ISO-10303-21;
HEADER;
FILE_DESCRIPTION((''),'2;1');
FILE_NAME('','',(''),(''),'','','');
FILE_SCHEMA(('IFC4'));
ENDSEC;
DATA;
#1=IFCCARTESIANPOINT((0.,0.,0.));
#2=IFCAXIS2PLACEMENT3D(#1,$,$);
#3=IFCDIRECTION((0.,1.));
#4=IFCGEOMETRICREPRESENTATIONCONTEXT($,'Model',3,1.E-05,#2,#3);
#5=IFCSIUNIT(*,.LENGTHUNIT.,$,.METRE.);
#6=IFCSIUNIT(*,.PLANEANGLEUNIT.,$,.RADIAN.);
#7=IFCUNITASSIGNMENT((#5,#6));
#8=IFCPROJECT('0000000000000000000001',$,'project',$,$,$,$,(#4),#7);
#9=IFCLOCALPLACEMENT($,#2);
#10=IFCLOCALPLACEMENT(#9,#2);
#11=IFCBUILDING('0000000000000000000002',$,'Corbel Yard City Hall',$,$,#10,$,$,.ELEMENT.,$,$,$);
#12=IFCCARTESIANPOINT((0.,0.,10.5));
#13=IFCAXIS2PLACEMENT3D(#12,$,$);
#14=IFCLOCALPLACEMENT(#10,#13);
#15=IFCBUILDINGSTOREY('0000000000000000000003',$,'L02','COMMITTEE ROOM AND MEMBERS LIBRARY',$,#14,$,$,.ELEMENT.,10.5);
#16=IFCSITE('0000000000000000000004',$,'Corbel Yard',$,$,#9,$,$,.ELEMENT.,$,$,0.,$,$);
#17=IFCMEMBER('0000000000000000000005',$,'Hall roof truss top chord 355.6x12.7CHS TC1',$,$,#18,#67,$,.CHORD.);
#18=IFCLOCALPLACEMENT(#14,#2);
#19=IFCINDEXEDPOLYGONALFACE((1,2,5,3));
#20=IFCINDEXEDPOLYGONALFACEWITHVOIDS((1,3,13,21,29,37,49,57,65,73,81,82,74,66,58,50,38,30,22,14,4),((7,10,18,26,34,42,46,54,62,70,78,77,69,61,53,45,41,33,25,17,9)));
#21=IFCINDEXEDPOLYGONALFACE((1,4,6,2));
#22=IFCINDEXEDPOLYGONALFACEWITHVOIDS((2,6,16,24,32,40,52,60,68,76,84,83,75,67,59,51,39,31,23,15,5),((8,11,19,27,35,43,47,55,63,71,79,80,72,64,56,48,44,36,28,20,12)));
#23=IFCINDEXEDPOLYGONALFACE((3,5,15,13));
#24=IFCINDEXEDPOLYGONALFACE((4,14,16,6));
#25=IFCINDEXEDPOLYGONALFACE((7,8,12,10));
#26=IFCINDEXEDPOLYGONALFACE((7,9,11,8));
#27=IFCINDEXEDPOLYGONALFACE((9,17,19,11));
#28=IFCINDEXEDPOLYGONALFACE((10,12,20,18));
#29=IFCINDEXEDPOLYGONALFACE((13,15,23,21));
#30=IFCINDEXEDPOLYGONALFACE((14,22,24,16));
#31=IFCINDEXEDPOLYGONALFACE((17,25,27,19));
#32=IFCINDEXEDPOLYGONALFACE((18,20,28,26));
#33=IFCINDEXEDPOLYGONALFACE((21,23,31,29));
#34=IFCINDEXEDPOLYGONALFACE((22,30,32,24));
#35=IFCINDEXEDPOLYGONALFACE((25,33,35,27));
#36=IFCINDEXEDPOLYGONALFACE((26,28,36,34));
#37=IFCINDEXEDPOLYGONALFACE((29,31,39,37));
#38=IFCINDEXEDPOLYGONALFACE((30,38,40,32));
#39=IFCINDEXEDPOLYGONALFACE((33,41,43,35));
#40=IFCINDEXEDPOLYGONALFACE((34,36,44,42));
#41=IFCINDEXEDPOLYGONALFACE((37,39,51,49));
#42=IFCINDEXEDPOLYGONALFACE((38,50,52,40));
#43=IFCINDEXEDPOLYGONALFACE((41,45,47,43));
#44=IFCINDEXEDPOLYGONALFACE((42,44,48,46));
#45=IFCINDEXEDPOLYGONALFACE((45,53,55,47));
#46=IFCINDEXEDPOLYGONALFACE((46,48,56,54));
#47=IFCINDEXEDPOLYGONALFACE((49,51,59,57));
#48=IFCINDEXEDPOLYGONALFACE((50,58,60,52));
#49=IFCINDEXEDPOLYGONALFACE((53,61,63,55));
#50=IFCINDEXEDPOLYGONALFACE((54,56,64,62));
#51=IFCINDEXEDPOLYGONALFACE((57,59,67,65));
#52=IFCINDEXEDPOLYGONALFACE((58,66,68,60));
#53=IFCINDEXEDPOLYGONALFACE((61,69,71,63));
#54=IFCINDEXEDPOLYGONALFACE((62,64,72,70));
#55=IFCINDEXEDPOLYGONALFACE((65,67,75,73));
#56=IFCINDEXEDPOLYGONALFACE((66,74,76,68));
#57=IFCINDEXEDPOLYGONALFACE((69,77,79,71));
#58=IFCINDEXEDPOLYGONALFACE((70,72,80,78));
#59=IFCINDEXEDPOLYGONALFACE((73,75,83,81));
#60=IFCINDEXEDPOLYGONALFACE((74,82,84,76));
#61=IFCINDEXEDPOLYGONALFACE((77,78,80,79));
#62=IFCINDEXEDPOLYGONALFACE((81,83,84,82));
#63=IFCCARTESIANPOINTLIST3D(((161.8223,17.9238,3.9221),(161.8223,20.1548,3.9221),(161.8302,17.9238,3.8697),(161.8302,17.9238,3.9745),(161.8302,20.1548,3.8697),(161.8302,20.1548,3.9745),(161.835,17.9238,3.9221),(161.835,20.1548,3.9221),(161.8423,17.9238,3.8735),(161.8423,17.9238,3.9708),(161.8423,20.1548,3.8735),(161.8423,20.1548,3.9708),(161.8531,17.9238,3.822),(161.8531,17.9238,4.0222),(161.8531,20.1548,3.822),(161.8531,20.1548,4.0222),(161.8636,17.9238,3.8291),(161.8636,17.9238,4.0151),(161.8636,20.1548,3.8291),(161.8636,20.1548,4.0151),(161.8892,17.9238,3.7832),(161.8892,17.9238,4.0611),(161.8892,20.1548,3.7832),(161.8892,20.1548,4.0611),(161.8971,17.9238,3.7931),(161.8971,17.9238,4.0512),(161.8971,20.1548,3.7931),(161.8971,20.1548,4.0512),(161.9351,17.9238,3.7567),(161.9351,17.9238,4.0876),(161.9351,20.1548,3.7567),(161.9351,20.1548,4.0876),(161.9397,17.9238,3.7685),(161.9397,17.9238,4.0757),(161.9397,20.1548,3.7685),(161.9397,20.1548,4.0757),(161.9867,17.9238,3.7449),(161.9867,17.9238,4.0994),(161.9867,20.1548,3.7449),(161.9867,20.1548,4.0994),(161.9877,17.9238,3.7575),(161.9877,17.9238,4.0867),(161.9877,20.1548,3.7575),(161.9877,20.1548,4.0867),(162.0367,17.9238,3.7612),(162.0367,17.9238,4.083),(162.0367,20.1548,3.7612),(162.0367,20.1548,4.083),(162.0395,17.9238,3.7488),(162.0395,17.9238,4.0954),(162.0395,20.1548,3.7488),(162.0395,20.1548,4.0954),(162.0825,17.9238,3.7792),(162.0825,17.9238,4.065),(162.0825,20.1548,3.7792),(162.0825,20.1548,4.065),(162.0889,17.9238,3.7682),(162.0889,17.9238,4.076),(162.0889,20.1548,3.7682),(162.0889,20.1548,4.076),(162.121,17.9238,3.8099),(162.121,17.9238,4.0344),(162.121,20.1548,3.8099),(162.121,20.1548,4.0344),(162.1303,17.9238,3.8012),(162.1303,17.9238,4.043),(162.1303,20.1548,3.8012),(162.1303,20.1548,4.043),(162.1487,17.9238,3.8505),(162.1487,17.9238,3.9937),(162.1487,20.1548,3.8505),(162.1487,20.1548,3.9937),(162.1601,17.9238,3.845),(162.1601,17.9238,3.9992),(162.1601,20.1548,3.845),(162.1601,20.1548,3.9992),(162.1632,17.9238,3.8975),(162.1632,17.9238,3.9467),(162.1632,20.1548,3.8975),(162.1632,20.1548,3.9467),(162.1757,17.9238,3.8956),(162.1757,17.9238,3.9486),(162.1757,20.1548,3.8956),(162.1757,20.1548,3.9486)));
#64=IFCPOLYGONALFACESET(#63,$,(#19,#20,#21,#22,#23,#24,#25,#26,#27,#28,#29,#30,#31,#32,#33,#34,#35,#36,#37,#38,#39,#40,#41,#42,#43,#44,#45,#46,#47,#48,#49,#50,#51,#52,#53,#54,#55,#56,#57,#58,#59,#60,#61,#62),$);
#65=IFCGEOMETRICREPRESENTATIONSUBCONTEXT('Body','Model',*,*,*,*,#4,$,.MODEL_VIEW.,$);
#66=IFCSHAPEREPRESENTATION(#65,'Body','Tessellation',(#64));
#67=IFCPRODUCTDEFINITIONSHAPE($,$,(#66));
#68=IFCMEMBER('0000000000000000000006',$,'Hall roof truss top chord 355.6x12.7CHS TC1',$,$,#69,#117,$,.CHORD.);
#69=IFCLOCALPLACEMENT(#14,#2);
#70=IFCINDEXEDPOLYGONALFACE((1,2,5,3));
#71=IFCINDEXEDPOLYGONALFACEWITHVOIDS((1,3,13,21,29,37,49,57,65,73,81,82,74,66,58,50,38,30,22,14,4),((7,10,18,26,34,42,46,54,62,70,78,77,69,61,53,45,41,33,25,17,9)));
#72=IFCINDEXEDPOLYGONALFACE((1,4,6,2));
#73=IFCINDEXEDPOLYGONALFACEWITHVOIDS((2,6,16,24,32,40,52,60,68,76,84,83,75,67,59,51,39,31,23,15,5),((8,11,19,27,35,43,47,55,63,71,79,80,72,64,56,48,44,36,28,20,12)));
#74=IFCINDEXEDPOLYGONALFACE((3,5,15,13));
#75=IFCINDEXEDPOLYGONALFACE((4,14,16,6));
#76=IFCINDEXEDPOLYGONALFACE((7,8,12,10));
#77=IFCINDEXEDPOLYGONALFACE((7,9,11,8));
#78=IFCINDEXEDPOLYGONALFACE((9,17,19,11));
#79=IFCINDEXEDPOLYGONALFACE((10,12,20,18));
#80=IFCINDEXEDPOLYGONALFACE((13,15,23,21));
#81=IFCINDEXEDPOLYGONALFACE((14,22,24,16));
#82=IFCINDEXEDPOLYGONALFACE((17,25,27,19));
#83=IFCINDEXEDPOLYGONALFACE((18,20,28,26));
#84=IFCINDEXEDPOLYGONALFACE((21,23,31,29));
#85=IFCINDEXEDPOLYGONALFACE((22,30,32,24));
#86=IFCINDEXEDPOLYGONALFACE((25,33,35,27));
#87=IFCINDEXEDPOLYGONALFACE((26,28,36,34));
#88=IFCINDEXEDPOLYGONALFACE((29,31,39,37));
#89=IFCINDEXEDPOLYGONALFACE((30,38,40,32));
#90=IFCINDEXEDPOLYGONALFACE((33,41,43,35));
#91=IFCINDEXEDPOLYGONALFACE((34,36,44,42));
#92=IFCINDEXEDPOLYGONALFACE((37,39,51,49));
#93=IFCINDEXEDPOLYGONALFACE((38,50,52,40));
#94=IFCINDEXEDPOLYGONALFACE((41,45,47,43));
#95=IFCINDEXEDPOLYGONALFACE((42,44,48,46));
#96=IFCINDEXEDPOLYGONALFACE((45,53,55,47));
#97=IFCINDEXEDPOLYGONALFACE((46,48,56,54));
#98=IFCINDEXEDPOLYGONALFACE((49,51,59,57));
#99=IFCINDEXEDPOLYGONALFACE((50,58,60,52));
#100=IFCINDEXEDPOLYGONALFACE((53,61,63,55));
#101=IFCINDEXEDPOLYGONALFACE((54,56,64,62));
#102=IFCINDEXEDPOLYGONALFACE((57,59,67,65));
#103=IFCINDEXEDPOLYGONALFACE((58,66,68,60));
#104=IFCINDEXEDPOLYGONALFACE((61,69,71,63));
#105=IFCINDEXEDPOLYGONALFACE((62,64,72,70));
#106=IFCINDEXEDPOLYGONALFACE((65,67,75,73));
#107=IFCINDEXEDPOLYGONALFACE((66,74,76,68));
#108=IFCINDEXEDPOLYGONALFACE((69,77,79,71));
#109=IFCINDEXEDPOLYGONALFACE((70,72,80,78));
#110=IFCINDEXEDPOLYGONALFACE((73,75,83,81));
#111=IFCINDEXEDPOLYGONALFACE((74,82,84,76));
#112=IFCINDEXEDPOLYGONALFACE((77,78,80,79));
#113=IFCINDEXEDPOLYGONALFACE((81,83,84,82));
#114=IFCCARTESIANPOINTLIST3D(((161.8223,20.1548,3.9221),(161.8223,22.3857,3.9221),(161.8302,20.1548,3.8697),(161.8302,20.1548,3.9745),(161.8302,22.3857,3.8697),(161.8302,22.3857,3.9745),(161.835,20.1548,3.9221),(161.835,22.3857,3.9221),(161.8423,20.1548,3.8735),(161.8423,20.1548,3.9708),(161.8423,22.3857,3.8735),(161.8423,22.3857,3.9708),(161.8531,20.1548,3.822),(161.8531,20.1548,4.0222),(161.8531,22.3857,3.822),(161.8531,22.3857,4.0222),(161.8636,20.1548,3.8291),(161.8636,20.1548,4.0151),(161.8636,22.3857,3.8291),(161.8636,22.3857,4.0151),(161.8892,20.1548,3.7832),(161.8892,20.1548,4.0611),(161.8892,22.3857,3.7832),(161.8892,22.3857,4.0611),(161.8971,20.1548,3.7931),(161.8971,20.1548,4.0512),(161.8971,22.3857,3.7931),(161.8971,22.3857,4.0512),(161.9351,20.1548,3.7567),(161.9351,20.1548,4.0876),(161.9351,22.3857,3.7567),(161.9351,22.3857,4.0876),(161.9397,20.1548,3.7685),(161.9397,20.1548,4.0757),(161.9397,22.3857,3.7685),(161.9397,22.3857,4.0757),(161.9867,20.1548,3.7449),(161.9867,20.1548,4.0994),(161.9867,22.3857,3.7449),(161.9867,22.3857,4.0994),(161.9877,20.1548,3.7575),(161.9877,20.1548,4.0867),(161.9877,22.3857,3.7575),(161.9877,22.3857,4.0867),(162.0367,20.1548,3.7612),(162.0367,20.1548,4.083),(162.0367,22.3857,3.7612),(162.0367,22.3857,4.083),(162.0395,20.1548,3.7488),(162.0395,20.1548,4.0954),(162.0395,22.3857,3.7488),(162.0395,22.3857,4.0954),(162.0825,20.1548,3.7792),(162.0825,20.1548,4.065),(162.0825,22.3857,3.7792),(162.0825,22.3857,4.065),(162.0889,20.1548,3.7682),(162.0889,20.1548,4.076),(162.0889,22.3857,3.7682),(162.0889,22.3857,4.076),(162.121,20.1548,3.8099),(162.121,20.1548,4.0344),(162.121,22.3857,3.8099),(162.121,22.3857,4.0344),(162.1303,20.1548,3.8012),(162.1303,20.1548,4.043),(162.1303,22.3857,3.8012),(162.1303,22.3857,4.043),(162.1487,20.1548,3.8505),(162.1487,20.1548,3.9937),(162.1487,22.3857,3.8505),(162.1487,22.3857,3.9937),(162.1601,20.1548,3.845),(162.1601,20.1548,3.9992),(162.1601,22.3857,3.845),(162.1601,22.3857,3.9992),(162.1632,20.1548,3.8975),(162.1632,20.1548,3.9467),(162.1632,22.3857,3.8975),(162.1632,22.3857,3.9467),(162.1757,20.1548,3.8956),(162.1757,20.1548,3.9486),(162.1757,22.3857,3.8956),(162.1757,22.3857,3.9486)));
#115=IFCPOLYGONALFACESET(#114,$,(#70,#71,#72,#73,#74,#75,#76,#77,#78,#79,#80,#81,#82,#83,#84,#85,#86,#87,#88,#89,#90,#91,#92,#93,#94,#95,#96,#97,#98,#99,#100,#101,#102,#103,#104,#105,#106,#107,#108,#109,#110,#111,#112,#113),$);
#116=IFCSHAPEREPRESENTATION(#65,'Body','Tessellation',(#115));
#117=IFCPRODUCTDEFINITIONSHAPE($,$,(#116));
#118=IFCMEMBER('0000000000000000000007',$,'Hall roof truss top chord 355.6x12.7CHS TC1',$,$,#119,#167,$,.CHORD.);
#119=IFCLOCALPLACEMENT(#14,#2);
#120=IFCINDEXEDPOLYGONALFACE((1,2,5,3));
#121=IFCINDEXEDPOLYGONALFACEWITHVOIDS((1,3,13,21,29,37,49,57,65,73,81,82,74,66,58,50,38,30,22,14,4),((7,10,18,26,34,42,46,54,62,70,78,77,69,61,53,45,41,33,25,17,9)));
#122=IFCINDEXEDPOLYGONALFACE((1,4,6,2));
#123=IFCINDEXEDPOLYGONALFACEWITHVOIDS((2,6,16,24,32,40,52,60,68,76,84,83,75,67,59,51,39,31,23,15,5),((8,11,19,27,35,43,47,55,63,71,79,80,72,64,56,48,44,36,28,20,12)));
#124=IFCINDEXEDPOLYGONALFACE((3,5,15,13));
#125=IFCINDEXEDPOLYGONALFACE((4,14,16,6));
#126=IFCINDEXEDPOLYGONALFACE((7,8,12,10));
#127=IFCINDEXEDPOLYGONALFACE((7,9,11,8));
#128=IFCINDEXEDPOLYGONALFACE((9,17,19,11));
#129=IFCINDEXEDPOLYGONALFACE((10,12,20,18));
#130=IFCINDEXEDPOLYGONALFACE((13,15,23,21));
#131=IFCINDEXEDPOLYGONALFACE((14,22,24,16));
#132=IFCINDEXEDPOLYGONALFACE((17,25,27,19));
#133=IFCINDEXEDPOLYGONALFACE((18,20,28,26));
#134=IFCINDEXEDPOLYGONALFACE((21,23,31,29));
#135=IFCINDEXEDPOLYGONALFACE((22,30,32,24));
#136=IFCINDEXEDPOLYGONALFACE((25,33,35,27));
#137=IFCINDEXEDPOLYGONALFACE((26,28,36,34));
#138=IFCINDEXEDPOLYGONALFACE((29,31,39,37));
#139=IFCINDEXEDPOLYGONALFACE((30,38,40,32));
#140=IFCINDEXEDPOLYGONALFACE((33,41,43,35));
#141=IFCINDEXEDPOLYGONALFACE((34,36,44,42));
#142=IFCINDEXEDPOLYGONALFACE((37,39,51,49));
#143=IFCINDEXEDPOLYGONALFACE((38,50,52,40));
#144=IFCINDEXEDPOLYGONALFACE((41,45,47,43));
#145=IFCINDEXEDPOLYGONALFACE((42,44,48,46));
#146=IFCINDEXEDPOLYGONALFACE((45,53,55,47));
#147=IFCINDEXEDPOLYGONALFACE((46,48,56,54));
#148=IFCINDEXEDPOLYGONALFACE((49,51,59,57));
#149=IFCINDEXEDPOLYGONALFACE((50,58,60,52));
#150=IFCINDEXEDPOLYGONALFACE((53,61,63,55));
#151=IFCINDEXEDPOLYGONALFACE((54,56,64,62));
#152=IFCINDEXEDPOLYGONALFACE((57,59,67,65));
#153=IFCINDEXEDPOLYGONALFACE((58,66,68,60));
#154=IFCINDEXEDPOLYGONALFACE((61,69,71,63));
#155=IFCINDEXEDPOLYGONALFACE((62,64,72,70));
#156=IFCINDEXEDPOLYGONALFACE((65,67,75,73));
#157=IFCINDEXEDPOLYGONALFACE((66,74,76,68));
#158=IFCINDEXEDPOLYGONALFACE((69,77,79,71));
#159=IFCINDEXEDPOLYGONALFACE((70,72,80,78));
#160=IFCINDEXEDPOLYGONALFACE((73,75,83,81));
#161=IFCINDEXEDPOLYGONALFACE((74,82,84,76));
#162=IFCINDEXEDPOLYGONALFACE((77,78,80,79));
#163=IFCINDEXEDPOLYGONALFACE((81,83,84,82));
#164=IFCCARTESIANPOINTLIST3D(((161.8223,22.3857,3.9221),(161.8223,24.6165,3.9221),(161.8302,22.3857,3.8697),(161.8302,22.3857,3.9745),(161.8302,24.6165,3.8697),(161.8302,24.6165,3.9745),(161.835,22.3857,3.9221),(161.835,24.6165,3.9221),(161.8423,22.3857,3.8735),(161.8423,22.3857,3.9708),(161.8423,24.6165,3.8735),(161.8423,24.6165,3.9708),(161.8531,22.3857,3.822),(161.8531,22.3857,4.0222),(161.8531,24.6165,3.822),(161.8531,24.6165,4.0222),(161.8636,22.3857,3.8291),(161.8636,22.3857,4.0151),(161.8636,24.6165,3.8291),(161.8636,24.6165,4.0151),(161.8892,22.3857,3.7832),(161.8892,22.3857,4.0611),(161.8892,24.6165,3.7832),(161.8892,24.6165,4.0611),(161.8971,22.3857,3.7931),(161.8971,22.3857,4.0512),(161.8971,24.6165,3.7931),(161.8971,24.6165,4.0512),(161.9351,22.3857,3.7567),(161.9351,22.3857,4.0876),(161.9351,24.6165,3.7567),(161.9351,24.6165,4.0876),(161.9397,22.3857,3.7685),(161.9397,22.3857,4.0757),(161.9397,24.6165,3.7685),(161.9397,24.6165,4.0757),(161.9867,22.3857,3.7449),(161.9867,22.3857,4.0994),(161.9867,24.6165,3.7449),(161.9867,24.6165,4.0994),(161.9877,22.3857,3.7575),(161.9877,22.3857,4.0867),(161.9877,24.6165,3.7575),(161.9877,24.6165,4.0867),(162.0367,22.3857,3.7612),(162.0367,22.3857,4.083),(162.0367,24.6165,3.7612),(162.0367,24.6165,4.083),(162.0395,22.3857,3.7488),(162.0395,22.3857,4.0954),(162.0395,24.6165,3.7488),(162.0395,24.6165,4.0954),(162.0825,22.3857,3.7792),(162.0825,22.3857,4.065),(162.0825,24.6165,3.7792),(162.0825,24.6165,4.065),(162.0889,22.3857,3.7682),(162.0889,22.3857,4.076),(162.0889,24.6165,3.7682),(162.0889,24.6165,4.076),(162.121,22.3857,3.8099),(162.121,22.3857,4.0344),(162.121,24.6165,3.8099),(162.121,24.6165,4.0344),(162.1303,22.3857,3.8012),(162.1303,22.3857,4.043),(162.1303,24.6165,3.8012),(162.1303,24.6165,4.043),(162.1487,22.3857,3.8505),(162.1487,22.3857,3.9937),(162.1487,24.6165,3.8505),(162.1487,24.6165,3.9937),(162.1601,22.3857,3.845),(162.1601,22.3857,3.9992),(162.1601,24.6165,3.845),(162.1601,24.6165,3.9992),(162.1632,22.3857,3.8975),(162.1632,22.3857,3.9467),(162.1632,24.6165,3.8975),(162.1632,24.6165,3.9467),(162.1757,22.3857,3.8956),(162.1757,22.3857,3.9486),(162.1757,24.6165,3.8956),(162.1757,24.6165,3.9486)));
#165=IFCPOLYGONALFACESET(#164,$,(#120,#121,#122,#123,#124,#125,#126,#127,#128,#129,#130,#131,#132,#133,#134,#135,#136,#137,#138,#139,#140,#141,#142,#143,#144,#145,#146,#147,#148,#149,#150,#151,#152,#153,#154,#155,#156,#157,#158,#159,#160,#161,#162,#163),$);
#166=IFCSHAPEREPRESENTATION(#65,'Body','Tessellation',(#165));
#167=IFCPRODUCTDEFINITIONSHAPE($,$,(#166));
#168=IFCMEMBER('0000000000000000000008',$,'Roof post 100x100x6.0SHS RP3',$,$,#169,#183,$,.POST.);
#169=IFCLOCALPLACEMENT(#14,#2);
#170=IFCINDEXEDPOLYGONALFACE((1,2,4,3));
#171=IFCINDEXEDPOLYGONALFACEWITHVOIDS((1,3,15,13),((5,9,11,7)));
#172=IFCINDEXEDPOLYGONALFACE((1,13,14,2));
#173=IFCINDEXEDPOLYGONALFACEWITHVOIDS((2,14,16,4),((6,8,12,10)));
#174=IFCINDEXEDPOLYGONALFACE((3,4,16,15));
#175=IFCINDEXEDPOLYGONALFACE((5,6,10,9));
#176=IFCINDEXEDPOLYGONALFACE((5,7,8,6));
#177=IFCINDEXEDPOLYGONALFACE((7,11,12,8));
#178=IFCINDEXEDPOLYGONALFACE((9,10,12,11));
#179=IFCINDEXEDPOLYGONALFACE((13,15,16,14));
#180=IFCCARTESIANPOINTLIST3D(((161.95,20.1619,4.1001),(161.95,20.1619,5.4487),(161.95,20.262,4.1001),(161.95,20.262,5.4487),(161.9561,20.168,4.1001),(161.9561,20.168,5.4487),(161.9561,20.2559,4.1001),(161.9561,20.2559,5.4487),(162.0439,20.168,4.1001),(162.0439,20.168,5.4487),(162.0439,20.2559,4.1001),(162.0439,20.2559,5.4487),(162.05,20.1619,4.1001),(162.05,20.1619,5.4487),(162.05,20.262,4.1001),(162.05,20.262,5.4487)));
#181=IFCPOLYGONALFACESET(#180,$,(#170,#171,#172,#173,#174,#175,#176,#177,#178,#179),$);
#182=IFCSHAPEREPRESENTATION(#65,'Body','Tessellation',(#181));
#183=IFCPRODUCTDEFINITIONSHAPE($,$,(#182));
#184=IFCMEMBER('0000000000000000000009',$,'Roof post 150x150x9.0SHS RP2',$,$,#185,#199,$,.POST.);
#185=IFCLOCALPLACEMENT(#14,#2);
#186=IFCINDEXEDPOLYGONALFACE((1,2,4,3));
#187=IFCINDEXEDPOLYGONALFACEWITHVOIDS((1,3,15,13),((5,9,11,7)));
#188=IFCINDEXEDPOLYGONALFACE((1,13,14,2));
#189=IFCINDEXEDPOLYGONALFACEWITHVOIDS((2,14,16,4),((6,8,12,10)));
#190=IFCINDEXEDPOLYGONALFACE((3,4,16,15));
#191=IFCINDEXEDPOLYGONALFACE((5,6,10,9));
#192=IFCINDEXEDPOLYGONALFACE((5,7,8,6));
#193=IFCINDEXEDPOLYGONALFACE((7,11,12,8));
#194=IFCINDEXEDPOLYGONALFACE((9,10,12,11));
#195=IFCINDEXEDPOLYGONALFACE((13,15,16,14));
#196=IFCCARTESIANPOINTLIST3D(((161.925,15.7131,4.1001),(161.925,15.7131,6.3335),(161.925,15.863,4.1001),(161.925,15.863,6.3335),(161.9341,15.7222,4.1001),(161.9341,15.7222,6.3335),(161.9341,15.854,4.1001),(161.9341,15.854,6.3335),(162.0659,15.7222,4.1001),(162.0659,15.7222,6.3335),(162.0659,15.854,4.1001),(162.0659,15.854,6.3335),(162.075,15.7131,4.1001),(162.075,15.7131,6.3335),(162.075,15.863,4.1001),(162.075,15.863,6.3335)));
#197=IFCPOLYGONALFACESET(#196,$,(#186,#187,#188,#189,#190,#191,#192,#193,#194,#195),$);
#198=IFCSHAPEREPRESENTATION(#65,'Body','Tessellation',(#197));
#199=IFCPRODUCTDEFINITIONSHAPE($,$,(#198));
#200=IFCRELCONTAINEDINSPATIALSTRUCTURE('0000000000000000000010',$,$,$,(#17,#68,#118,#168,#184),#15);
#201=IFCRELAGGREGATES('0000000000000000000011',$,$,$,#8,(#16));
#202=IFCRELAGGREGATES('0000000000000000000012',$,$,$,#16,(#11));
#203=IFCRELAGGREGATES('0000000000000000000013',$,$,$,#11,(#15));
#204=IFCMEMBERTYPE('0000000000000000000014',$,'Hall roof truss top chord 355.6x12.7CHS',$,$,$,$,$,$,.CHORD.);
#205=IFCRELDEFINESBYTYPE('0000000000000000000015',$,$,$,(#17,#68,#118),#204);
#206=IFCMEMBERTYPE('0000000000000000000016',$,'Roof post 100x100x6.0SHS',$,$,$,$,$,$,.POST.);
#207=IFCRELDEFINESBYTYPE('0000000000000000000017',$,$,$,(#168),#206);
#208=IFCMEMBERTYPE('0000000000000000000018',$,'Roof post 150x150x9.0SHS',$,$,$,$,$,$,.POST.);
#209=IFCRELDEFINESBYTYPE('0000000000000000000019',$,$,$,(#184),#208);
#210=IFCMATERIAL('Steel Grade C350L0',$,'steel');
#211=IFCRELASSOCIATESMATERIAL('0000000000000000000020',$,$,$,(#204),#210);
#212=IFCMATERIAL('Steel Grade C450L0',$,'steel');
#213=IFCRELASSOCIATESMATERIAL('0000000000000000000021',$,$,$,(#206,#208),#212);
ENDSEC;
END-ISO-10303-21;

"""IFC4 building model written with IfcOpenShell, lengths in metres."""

from ifc_helpers import new_model, si_unit, direction, frame, origin, origin_2d, place, context, subcontext, project, spatial, hollow_rectangle, hollow_circle, extrude, material, material_profile, profile_set, type_object, element, save


model = new_model("IFC4")

# Units and contexts
model_context = context("Model", 3, precision=1e-05, world=origin(), true_north=direction((0.0, 1.0)))
body_context = subcontext(model_context, "Body", "Model", "MODEL_VIEW")
ifc_project = project(units=[si_unit("LENGTHUNIT", "METRE"), si_unit("PLANEANGLEUNIT", "RADIAN")], contexts=[model_context])

# Site, building, storey
site_placement = place(None, origin())
site = spatial("IfcSite", under=ifc_project, at=site_placement, Name="Corbel Yard", CompositionType="ELEMENT", RefElevation=0.0)
building_placement = place(site_placement, origin())
building = spatial("IfcBuilding", under=site, at=building_placement, Name="Corbel Yard City Hall", CompositionType="ELEMENT")
storey_placement = place(building_placement, frame((0.0, 0.0, 10.5)))
storey = spatial("IfcBuildingStorey", under=building, at=storey_placement, Name="L02", Description="COMMITTEE ROOM AND MEMBERS LIBRARY", CompositionType="ELEMENT", Elevation=10.5)

# Members
ifc_material_1 = material(Name="Steel Grade C350L0", Category="steel")
ifc_material_profile_1 = material_profile(ifc_material_1, hollow_circle(Radius=0.1777, WallThickness=0.0127, at=origin_2d()), Name="355.6x12.7CHS")
ifc_profile_set_1 = profile_set([ifc_material_profile_1], Name="Steel Grade C350L0")
member_type_1 = type_object("IfcMemberType", Name="Hall roof truss top chord 355.6x12.7CHS", PredefinedType="CHORD", material=ifc_profile_set_1)
for number, where, z_axis, x_axis, name in (
    (1, (162.0, 17.9238, 3.9221), (0.0, 1.0, 0.0), (-1.0, 0.0, 0.0), "Hall roof truss top chord 355.6x12.7CHS TC1"),
    (2, (162.0, 20.1548, 3.9221), (0.0, 1.0, 0.0), (-1.0, 0.0, 0.0), "Hall roof truss top chord 355.6x12.7CHS TC1"),
):
    element("IfcMember", number, at=place(storey_placement, frame(where, z_axis=z_axis, x_axis=x_axis)), inside=storey, type_object=member_type_1, Name=name, PredefinedType="CHORD", context=body_context, shape_type="SweptSolid", body=[
        extrude(hollow_circle(Radius=0.1777, WallThickness=0.0127, at=origin_2d()), origin(), (0.0, 0.0, 1.0), 2.231),
    ])
member_1_placement = place(storey_placement, frame((162.0, 22.3857, 3.9221), z_axis=(0.0, 1.0, 0.0), x_axis=(-1.0, 0.0, 0.0)))
element("IfcMember", 3, at=member_1_placement, inside=storey, type_object=member_type_1, Name="Hall roof truss top chord 355.6x12.7CHS TC1", PredefinedType="CHORD", context=body_context, shape_type="SweptSolid", body=[
    extrude(hollow_circle(Radius=0.1777, WallThickness=0.0127, at=origin_2d()), origin(), (0.0, 0.0, 1.0), 2.2307),
])
ifc_material_2 = material(Name="Steel Grade C450L0", Category="steel")
ifc_material_profile_2 = material_profile(ifc_material_2, hollow_rectangle(XDim=0.1001, YDim=0.1001, WallThickness=0.0061, at=origin_2d()), Name="100x100x6.0SHS")
ifc_profile_set_2 = profile_set([ifc_material_profile_2], Name="Steel Grade C450L0")
member_type_2 = type_object("IfcMemberType", Name="Roof post 100x100x6.0SHS", PredefinedType="POST", material=ifc_profile_set_2)
member_2_placement = place(storey_placement, frame((162.0, 20.2119, 4.1001), z_axis=(0.0, 0.0, 1.0), x_axis=(1.0, 0.0, 0.0)))
element("IfcMember", 4, at=member_2_placement, inside=storey, type_object=member_type_2, Name="Roof post 100x100x6.0SHS RP3", PredefinedType="POST", context=body_context, shape_type="SweptSolid", body=[
    extrude(hollow_rectangle(XDim=0.1001, YDim=0.1001, WallThickness=0.0061, at=origin_2d()), origin(), (0.0, 0.0, 1.0), 1.3486),
])
ifc_material_profile_3 = material_profile(ifc_material_2, hollow_rectangle(XDim=0.1499, YDim=0.1499, WallThickness=0.009, at=origin_2d()), Name="150x150x9.0SHS")
ifc_profile_set_3 = profile_set([ifc_material_profile_3], Name="Steel Grade C450L0")
member_type_3 = type_object("IfcMemberType", Name="Roof post 150x150x9.0SHS", PredefinedType="POST", material=ifc_profile_set_3)
member_3_placement = place(storey_placement, frame((162.0, 15.7881, 4.1001), z_axis=(0.0, 0.0, 1.0), x_axis=(1.0, 0.0, 0.0)))
element("IfcMember", 5, at=member_3_placement, inside=storey, type_object=member_type_3, Name="Roof post 150x150x9.0SHS RP2", PredefinedType="POST", context=body_context, shape_type="SweptSolid", body=[
    extrude(hollow_rectangle(XDim=0.1499, YDim=0.1499, WallThickness=0.009, at=origin_2d()), origin(), (0.0, 0.0, 1.0), 2.2334),
])

save(model, "model.ifc")
